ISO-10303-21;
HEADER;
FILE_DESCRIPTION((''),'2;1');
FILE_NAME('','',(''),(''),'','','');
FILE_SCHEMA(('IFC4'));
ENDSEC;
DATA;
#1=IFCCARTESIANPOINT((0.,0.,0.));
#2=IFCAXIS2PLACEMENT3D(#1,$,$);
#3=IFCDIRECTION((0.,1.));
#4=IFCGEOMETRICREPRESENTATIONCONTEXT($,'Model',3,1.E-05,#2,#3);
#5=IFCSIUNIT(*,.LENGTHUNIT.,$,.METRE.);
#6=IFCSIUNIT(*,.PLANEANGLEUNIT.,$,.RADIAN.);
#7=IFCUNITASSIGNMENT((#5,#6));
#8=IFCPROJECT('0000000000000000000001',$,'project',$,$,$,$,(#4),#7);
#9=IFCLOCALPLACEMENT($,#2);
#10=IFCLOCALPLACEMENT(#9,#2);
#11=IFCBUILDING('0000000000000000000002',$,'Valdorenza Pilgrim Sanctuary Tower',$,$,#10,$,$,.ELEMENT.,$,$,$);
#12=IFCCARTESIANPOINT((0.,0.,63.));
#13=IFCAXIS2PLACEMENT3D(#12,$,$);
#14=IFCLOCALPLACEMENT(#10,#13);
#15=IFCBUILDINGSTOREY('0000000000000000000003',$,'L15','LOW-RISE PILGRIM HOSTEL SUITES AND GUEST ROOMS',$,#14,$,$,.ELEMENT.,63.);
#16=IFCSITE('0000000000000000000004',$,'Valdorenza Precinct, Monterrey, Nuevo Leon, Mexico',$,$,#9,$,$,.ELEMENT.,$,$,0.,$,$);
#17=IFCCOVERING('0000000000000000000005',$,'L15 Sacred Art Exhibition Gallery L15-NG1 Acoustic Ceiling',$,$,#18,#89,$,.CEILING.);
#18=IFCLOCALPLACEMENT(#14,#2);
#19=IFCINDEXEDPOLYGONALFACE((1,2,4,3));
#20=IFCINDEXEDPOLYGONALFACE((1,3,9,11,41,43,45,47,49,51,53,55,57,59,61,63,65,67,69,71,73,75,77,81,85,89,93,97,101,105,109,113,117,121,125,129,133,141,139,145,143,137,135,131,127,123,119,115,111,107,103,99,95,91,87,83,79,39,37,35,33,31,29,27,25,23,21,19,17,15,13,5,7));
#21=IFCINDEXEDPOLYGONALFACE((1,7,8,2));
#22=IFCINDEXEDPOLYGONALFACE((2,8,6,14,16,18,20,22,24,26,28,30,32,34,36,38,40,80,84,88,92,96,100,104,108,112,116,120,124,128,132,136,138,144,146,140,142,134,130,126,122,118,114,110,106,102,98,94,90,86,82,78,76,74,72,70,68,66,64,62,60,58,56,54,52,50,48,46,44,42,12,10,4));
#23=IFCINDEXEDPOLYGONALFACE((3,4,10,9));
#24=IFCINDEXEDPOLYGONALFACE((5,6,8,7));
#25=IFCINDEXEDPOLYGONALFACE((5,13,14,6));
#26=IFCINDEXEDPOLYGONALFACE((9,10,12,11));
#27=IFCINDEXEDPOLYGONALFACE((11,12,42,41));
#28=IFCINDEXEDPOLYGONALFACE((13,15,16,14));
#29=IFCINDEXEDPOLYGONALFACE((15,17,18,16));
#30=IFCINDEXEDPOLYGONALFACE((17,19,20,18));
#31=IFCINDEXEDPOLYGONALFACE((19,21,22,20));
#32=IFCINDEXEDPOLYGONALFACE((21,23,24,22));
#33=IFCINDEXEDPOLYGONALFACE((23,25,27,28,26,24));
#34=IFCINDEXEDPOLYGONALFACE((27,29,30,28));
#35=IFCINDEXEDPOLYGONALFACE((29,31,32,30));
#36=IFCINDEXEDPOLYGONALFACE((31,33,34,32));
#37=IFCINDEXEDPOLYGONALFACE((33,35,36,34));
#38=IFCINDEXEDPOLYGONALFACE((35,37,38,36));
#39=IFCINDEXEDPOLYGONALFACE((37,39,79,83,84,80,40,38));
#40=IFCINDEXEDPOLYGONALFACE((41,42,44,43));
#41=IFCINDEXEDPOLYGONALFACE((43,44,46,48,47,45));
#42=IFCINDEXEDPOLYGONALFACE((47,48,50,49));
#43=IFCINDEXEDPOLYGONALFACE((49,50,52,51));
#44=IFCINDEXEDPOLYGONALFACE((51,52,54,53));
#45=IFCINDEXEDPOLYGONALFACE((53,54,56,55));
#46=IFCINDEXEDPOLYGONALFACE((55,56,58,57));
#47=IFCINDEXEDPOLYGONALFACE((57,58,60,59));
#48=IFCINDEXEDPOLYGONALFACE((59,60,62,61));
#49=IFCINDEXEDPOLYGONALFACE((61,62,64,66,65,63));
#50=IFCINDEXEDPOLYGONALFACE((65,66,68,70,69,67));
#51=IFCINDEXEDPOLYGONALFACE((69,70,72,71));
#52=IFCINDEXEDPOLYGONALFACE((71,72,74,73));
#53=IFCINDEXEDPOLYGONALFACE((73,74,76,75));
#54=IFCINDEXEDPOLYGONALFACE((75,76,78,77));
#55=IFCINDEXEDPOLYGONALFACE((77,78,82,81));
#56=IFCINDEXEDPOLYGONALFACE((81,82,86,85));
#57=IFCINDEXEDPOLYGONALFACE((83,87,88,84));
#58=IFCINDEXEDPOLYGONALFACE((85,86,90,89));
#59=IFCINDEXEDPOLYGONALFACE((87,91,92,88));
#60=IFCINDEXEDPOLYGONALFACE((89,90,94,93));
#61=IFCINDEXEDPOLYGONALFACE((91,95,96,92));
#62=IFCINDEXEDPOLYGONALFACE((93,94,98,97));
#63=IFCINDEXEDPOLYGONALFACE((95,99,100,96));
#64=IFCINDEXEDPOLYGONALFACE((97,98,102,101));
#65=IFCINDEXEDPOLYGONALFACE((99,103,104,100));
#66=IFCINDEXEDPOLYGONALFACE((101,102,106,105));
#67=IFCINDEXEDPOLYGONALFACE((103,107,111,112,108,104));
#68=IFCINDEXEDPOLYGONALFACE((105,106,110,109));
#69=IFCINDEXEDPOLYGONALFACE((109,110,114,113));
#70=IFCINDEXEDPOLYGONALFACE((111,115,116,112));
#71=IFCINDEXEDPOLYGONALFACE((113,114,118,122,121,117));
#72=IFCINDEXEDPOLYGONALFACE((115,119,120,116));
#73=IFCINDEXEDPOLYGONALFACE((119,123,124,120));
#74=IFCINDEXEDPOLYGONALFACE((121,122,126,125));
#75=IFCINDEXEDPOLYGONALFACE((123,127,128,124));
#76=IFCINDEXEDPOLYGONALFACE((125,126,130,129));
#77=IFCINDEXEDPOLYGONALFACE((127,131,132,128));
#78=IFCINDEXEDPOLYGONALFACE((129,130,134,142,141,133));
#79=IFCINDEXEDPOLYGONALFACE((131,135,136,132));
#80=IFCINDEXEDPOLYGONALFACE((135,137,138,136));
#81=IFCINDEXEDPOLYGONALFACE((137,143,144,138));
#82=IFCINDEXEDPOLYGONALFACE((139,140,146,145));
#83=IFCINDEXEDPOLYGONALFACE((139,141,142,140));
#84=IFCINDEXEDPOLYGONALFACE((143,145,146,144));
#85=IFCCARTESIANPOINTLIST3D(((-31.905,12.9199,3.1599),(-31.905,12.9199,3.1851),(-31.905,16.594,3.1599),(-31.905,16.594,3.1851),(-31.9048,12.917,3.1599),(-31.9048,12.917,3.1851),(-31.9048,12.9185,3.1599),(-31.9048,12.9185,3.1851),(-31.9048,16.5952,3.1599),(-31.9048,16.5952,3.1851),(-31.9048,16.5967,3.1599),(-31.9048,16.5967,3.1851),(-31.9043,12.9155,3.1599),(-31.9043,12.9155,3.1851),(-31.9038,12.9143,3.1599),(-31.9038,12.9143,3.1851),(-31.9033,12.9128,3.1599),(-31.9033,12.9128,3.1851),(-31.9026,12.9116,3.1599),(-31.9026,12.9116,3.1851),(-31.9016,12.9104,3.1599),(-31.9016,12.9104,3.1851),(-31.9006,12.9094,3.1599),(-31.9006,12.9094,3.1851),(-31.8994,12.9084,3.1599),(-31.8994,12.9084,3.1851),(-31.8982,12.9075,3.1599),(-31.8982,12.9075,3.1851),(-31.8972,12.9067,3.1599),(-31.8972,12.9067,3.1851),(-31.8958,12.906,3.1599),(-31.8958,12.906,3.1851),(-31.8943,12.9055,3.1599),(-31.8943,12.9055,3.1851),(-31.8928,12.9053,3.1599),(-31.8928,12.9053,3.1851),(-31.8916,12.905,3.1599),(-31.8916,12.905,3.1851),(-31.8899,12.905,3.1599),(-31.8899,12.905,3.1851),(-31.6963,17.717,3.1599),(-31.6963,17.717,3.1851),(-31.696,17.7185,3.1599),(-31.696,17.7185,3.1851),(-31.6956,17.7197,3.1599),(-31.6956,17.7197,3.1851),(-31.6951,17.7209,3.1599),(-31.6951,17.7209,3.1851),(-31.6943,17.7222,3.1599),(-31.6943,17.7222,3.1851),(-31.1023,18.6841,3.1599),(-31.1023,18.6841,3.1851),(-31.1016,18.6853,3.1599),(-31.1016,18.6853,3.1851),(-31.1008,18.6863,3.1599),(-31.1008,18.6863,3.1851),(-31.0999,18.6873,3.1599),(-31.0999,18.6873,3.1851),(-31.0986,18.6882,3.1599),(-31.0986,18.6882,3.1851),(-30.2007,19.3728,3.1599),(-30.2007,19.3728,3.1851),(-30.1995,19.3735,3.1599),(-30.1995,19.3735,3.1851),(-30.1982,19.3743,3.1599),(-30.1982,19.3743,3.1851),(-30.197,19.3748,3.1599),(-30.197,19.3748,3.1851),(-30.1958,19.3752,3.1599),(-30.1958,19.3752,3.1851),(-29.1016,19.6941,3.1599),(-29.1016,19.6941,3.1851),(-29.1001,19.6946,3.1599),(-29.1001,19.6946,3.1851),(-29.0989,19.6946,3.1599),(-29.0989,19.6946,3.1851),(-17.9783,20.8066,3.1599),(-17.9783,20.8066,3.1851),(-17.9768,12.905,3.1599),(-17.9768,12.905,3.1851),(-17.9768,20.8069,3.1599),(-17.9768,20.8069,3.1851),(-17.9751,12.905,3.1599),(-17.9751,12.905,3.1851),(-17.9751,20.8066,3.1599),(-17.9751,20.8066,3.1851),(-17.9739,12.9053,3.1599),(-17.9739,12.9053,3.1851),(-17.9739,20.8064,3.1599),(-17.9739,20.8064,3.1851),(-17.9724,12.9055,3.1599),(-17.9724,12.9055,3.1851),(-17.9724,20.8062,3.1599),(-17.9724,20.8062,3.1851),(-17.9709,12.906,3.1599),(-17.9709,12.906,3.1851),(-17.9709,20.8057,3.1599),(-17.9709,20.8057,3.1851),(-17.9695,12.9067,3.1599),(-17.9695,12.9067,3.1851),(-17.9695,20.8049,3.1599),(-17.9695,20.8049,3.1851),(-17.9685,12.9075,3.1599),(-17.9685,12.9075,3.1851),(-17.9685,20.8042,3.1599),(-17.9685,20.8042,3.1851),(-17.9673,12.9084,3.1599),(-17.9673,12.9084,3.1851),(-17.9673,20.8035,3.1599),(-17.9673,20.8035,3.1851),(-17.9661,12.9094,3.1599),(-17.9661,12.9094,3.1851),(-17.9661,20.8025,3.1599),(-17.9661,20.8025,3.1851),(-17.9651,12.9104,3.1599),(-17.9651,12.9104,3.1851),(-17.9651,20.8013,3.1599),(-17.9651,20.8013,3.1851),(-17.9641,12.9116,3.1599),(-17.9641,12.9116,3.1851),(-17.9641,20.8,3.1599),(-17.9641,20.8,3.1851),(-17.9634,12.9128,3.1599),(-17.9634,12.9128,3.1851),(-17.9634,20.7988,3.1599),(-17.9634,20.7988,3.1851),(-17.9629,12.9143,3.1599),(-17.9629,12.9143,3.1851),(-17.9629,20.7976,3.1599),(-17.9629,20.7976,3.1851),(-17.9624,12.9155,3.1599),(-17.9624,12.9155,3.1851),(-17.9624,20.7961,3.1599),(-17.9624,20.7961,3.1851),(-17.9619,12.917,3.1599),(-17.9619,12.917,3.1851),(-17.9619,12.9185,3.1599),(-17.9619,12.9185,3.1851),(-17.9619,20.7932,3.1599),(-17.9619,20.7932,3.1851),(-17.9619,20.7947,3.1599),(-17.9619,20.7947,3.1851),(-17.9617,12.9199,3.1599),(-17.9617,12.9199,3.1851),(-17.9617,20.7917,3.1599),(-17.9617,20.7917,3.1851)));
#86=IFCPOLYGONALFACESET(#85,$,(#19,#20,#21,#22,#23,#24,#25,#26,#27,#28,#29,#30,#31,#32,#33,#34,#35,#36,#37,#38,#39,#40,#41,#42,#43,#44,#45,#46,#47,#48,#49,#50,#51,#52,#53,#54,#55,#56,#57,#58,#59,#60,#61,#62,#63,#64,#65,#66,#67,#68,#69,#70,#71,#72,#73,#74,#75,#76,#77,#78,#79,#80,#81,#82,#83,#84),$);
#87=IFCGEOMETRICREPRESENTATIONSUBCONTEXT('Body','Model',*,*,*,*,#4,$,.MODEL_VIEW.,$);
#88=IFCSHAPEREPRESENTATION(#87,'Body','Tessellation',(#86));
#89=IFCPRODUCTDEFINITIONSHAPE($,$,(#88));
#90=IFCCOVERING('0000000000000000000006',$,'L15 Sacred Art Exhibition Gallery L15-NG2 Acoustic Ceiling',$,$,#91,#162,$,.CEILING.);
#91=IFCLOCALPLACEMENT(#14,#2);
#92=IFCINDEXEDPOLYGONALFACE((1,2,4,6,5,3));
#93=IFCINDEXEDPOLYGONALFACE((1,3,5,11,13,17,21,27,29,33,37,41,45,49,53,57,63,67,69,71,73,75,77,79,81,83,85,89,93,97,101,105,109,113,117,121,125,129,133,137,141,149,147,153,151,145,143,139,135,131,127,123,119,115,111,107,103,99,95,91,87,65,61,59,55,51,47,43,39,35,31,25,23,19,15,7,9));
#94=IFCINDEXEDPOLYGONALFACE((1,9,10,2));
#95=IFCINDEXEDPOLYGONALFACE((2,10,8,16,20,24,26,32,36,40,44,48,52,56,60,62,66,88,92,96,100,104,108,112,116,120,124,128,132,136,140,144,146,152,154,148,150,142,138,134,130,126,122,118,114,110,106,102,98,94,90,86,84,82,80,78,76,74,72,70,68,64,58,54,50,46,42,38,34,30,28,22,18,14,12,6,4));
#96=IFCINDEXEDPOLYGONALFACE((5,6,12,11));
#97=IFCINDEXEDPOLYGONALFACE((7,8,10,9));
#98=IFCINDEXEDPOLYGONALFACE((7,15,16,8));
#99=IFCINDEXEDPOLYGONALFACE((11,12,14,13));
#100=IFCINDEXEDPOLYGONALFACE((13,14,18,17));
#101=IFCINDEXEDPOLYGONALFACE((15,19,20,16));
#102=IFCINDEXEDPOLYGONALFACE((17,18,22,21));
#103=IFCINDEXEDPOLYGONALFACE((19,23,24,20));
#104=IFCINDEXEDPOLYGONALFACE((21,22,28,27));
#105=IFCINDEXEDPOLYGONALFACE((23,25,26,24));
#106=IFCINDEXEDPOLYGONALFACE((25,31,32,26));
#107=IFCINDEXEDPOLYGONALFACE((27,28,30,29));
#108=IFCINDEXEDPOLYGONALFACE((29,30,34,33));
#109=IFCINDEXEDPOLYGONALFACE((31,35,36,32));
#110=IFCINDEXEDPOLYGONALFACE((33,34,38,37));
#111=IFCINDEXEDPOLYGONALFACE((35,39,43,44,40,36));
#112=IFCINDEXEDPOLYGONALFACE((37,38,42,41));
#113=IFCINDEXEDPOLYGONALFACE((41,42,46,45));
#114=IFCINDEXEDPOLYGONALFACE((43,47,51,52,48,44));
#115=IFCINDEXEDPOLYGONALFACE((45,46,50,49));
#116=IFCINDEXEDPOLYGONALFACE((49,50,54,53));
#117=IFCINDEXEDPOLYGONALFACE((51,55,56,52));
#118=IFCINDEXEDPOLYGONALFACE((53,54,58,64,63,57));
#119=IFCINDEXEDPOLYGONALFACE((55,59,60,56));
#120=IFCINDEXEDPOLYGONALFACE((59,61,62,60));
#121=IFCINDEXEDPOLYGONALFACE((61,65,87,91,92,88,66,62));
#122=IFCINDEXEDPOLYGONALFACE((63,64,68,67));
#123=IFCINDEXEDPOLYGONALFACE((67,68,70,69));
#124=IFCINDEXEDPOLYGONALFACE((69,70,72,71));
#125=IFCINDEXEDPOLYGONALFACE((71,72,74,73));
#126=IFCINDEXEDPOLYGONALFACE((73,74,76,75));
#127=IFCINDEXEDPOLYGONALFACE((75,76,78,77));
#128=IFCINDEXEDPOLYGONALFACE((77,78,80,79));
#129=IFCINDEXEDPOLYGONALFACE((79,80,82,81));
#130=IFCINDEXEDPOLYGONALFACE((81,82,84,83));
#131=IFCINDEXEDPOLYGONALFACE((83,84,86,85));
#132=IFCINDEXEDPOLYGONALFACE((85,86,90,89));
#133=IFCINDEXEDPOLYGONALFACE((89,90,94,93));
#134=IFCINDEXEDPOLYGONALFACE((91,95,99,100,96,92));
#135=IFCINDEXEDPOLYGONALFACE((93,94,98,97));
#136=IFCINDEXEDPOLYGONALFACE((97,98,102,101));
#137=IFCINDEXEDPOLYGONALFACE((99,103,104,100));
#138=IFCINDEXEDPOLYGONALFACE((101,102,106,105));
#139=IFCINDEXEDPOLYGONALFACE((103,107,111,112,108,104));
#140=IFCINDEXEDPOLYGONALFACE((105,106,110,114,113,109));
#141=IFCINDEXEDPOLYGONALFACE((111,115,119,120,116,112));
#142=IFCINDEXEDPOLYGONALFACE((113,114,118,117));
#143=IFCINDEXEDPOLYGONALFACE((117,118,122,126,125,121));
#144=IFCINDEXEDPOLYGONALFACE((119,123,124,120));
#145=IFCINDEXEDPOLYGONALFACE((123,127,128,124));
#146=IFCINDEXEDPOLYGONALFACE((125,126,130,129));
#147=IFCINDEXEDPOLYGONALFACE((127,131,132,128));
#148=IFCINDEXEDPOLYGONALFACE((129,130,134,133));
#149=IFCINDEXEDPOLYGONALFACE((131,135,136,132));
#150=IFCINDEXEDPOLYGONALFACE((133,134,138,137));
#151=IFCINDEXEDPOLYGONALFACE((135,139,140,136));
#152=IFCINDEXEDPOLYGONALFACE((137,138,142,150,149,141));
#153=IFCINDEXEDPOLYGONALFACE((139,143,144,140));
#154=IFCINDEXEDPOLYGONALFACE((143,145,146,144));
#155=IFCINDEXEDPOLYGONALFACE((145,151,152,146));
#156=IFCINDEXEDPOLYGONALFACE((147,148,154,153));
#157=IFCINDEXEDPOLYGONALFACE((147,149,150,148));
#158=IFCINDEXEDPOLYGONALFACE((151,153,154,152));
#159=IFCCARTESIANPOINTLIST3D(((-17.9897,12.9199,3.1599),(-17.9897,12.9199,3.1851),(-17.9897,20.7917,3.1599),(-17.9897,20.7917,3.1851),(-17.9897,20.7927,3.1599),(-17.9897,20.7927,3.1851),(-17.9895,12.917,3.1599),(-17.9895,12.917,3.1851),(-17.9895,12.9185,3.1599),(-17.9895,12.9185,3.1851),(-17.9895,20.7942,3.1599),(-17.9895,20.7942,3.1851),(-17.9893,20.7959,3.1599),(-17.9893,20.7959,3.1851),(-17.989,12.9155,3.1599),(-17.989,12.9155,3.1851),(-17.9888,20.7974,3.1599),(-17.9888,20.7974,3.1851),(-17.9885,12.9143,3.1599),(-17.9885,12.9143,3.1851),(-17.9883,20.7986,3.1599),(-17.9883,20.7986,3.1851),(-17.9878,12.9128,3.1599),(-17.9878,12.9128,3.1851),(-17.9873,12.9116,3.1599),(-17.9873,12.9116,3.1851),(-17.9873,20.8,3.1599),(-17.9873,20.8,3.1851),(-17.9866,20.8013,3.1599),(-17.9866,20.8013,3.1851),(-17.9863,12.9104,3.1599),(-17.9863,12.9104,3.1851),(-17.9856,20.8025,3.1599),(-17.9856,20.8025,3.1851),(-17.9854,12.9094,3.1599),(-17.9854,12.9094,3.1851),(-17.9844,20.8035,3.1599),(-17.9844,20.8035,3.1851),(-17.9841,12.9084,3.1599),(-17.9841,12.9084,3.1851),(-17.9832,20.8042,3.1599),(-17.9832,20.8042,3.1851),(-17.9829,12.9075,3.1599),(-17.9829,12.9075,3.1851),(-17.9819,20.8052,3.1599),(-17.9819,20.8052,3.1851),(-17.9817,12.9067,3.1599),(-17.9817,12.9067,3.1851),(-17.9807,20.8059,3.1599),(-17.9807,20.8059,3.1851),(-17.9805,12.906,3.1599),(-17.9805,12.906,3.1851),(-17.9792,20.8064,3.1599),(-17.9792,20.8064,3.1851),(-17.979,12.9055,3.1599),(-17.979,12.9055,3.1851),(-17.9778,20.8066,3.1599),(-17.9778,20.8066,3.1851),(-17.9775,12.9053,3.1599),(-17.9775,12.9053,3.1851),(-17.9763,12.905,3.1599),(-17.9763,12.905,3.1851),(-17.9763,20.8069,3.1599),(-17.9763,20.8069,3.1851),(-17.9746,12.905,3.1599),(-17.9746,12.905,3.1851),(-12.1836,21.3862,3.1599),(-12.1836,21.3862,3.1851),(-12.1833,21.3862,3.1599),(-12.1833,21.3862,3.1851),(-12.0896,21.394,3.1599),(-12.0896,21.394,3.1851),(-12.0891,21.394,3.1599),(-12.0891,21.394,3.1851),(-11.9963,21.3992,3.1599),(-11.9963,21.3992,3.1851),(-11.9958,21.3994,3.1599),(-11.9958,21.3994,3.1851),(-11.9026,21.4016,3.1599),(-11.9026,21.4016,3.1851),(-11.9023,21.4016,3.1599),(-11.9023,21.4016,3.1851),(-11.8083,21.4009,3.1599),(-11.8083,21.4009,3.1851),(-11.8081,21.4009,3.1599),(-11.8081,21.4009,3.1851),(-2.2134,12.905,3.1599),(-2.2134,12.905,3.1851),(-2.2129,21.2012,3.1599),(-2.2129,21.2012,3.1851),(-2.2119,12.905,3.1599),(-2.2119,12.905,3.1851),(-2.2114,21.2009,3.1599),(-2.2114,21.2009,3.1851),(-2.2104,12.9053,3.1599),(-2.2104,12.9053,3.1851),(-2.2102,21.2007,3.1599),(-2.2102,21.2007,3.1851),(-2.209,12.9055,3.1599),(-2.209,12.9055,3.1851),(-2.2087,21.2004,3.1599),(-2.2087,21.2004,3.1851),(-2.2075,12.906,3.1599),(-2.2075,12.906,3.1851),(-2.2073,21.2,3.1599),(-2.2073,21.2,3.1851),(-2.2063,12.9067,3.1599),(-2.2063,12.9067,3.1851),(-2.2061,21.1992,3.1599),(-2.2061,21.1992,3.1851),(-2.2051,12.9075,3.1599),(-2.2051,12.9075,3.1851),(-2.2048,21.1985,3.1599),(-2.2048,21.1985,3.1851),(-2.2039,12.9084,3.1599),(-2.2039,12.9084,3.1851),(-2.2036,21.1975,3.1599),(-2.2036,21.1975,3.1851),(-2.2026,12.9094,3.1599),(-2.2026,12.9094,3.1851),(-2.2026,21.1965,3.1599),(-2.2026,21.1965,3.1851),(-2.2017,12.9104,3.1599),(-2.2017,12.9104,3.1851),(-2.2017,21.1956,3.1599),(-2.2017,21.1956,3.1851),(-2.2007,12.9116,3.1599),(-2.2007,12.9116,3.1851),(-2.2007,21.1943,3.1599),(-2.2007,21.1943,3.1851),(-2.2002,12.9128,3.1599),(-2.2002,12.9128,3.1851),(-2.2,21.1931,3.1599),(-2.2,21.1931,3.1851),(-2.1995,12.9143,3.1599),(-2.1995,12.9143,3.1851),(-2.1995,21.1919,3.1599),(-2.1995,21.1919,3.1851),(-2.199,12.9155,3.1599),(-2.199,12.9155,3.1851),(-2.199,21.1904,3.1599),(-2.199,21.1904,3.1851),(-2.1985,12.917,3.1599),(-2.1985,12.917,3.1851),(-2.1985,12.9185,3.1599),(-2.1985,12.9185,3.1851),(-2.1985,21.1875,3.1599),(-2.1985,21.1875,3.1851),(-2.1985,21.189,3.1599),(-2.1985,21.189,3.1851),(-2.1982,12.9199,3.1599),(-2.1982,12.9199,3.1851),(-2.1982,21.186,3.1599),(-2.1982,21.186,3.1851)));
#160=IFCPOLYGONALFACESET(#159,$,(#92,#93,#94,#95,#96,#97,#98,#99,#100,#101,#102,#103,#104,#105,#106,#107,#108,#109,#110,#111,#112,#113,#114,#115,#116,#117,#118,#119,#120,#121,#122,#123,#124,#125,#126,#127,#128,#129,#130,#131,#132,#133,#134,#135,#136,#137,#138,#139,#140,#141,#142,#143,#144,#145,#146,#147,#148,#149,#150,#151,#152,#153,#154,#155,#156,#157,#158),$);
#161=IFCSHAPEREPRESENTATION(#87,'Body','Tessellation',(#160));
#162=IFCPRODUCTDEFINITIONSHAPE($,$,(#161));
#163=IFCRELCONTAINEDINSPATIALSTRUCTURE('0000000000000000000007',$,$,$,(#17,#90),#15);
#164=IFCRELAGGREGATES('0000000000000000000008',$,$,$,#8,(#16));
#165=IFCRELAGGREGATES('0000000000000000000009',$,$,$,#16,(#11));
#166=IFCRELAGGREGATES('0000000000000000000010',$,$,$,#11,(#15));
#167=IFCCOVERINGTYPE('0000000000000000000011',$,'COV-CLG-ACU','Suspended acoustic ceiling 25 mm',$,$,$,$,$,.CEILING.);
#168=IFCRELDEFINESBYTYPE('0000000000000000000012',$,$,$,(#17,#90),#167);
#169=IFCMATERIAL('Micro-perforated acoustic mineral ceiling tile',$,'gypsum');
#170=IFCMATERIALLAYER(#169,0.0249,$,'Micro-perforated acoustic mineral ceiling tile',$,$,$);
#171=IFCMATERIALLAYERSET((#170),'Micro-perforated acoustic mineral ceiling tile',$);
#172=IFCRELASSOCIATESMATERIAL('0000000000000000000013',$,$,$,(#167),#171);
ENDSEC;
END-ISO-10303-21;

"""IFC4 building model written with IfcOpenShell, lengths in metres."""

from ifc_helpers import new_model, si_unit, direction, frame, origin, place, context, subcontext, project, spatial, polyline, outline, extrude, material, layer, layer_set, type_object, element, save


model = new_model("IFC4")

# Units and contexts
model_context = context("Model", 3, precision=1e-05, world=origin(), true_north=direction((0.0, 1.0)))
body_context = subcontext(model_context, "Body", "Model", "MODEL_VIEW")
ifc_project = project(units=[si_unit("LENGTHUNIT", "METRE"), si_unit("PLANEANGLEUNIT", "RADIAN")], contexts=[model_context])

# Site, building, storey
site_placement = place(None, origin())
site = spatial("IfcSite", under=ifc_project, at=site_placement, Name="Valdorenza Precinct, Monterrey, Nuevo Leon, Mexico", CompositionType="ELEMENT", RefElevation=0.0)
building_placement = place(site_placement, origin())
building = spatial("IfcBuilding", under=site, at=building_placement, Name="Valdorenza Pilgrim Sanctuary Tower", CompositionType="ELEMENT")
storey_placement = place(building_placement, frame((0.0, 0.0, 63.0)))
storey = spatial("IfcBuildingStorey", under=building, at=storey_placement, Name="L15", Description="LOW-RISE PILGRIM HOSTEL SUITES AND GUEST ROOMS", CompositionType="ELEMENT", Elevation=63.0)

# Coverings
ifc_material_1 = material(Name="Micro-perforated acoustic mineral ceiling tile", Category="gypsum")
ifc_layer_1 = layer(ifc_material_1, 0.0249, Name="Micro-perforated acoustic mineral ceiling tile")
ifc_layer_set_1 = layer_set([ifc_layer_1], Name="Micro-perforated acoustic mineral ceiling tile")
covering_type_1 = type_object("IfcCoveringType", Name="COV-CLG-ACU", Description="Suspended acoustic ceiling 25 mm", PredefinedType="CEILING", material=ifc_layer_set_1)
covering_1_placement = place(storey_placement, frame((0.0, 0.0, 3.1599)))
element("IfcCovering", 1, at=covering_1_placement, inside=storey, type_object=covering_type_1, Name="L15 Sacred Art Exhibition Gallery L15-NG1 Acoustic Ceiling", PredefinedType="CEILING", context=body_context, shape_type="SweptSolid", body=[
    extrude(outline(polyline([(-31.8899, 12.905), (-31.8916, 12.905), (-31.8928, 12.9053), (-31.8943, 12.9055), (-31.8958, 12.906), (-31.8972, 12.9067), (-31.8982, 12.9075), (-31.8994, 12.9084), (-31.9006, 12.9094), (-31.9016, 12.9104), (-31.9026, 12.9116), (-31.9033, 12.9128), (-31.9038, 12.9143), (-31.9043, 12.9155), (-31.9048, 12.917), (-31.9048, 12.9185), (-31.905, 12.9199), (-31.905, 16.594), (-31.9048, 16.5952), (-31.9048, 16.5967), (-31.6963, 17.717), (-31.696, 17.7185), (-31.6956, 17.7197), (-31.6951, 17.7209), (-31.6943, 17.7222), (-31.1023, 18.6841), (-31.1016, 18.6853), (-31.1008, 18.6863), (-31.0999, 18.6873), (-31.0986, 18.6882), (-30.2007, 19.3728), (-30.1995, 19.3735), (-30.1982, 19.3743), (-30.197, 19.3748), (-30.1958, 19.3752), (-29.1016, 19.6941), (-29.1001, 19.6946), (-29.0989, 19.6946), (-17.9783, 20.8066), (-17.9768, 20.8069), (-17.9751, 20.8066), (-17.9739, 20.8064), (-17.9724, 20.8062), (-17.9709, 20.8057), (-17.9695, 20.8049), (-17.9685, 20.8042), (-17.9673, 20.8035), (-17.9661, 20.8025), (-17.9651, 20.8013), (-17.9641, 20.8), (-17.9634, 20.7988), (-17.9629, 20.7976), (-17.9624, 20.7961), (-17.9619, 20.7947), (-17.9619, 20.7932), (-17.9617, 20.7917), (-17.9617, 12.9199), (-17.9619, 12.9185), (-17.9619, 12.917), (-17.9624, 12.9155), (-17.9629, 12.9143), (-17.9634, 12.9128), (-17.9641, 12.9116), (-17.9651, 12.9104), (-17.9661, 12.9094), (-17.9673, 12.9084), (-17.9685, 12.9075), (-17.9695, 12.9067), (-17.9709, 12.906), (-17.9724, 12.9055), (-17.9739, 12.9053), (-17.9751, 12.905), (-17.9768, 12.905), (-31.8899, 12.905)])), origin(), (0.0, 0.0, 1.0), 0.0251),
])
covering_2_placement = place(storey_placement, frame((0.0, 0.0, 3.1599)))
element("IfcCovering", 2, at=covering_2_placement, inside=storey, type_object=covering_type_1, Name="L15 Sacred Art Exhibition Gallery L15-NG2 Acoustic Ceiling", PredefinedType="CEILING", context=body_context, shape_type="SweptSolid", body=[
    extrude(outline(polyline([(-17.9897, 20.7917), (-17.9897, 20.7927), (-17.9895, 20.7942), (-17.9893, 20.7959), (-17.9888, 20.7974), (-17.9883, 20.7986), (-17.9873, 20.8), (-17.9866, 20.8013), (-17.9856, 20.8025), (-17.9844, 20.8035), (-17.9832, 20.8042), (-17.9819, 20.8052), (-17.9807, 20.8059), (-17.9792, 20.8064), (-17.9778, 20.8066), (-17.9763, 20.8069), (-12.1836, 21.3862), (-12.1833, 21.3862), (-12.0896, 21.394), (-12.0891, 21.394), (-11.9963, 21.3992), (-11.9958, 21.3994), (-11.9026, 21.4016), (-11.9023, 21.4016), (-11.8083, 21.4009), (-11.8081, 21.4009), (-2.2129, 21.2012), (-2.2114, 21.2009), (-2.2102, 21.2007), (-2.2087, 21.2004), (-2.2073, 21.2), (-2.2061, 21.1992), (-2.2048, 21.1985), (-2.2036, 21.1975), (-2.2026, 21.1965), (-2.2017, 21.1956), (-2.2007, 21.1943), (-2.2, 21.1931), (-2.1995, 21.1919), (-2.199, 21.1904), (-2.1985, 21.189), (-2.1985, 21.1875), (-2.1982, 21.186), (-2.1982, 12.9199), (-2.1985, 12.9185), (-2.1985, 12.917), (-2.199, 12.9155), (-2.1995, 12.9143), (-2.2002, 12.9128), (-2.2007, 12.9116), (-2.2017, 12.9104), (-2.2026, 12.9094), (-2.2039, 12.9084), (-2.2051, 12.9075), (-2.2063, 12.9067), (-2.2075, 12.906), (-2.209, 12.9055), (-2.2104, 12.9053), (-2.2119, 12.905), (-2.2134, 12.905), (-17.9746, 12.905), (-17.9763, 12.905), (-17.9775, 12.9053), (-17.979, 12.9055), (-17.9805, 12.906), (-17.9817, 12.9067), (-17.9829, 12.9075), (-17.9841, 12.9084), (-17.9854, 12.9094), (-17.9863, 12.9104), (-17.9873, 12.9116), (-17.9878, 12.9128), (-17.9885, 12.9143), (-17.989, 12.9155), (-17.9895, 12.917), (-17.9895, 12.9185), (-17.9897, 12.9199), (-17.9897, 20.7917), (-17.9897, 20.7917)])), origin(), (0.0, 0.0, 1.0), 0.0251),
])

save(model, "model.ifc")
